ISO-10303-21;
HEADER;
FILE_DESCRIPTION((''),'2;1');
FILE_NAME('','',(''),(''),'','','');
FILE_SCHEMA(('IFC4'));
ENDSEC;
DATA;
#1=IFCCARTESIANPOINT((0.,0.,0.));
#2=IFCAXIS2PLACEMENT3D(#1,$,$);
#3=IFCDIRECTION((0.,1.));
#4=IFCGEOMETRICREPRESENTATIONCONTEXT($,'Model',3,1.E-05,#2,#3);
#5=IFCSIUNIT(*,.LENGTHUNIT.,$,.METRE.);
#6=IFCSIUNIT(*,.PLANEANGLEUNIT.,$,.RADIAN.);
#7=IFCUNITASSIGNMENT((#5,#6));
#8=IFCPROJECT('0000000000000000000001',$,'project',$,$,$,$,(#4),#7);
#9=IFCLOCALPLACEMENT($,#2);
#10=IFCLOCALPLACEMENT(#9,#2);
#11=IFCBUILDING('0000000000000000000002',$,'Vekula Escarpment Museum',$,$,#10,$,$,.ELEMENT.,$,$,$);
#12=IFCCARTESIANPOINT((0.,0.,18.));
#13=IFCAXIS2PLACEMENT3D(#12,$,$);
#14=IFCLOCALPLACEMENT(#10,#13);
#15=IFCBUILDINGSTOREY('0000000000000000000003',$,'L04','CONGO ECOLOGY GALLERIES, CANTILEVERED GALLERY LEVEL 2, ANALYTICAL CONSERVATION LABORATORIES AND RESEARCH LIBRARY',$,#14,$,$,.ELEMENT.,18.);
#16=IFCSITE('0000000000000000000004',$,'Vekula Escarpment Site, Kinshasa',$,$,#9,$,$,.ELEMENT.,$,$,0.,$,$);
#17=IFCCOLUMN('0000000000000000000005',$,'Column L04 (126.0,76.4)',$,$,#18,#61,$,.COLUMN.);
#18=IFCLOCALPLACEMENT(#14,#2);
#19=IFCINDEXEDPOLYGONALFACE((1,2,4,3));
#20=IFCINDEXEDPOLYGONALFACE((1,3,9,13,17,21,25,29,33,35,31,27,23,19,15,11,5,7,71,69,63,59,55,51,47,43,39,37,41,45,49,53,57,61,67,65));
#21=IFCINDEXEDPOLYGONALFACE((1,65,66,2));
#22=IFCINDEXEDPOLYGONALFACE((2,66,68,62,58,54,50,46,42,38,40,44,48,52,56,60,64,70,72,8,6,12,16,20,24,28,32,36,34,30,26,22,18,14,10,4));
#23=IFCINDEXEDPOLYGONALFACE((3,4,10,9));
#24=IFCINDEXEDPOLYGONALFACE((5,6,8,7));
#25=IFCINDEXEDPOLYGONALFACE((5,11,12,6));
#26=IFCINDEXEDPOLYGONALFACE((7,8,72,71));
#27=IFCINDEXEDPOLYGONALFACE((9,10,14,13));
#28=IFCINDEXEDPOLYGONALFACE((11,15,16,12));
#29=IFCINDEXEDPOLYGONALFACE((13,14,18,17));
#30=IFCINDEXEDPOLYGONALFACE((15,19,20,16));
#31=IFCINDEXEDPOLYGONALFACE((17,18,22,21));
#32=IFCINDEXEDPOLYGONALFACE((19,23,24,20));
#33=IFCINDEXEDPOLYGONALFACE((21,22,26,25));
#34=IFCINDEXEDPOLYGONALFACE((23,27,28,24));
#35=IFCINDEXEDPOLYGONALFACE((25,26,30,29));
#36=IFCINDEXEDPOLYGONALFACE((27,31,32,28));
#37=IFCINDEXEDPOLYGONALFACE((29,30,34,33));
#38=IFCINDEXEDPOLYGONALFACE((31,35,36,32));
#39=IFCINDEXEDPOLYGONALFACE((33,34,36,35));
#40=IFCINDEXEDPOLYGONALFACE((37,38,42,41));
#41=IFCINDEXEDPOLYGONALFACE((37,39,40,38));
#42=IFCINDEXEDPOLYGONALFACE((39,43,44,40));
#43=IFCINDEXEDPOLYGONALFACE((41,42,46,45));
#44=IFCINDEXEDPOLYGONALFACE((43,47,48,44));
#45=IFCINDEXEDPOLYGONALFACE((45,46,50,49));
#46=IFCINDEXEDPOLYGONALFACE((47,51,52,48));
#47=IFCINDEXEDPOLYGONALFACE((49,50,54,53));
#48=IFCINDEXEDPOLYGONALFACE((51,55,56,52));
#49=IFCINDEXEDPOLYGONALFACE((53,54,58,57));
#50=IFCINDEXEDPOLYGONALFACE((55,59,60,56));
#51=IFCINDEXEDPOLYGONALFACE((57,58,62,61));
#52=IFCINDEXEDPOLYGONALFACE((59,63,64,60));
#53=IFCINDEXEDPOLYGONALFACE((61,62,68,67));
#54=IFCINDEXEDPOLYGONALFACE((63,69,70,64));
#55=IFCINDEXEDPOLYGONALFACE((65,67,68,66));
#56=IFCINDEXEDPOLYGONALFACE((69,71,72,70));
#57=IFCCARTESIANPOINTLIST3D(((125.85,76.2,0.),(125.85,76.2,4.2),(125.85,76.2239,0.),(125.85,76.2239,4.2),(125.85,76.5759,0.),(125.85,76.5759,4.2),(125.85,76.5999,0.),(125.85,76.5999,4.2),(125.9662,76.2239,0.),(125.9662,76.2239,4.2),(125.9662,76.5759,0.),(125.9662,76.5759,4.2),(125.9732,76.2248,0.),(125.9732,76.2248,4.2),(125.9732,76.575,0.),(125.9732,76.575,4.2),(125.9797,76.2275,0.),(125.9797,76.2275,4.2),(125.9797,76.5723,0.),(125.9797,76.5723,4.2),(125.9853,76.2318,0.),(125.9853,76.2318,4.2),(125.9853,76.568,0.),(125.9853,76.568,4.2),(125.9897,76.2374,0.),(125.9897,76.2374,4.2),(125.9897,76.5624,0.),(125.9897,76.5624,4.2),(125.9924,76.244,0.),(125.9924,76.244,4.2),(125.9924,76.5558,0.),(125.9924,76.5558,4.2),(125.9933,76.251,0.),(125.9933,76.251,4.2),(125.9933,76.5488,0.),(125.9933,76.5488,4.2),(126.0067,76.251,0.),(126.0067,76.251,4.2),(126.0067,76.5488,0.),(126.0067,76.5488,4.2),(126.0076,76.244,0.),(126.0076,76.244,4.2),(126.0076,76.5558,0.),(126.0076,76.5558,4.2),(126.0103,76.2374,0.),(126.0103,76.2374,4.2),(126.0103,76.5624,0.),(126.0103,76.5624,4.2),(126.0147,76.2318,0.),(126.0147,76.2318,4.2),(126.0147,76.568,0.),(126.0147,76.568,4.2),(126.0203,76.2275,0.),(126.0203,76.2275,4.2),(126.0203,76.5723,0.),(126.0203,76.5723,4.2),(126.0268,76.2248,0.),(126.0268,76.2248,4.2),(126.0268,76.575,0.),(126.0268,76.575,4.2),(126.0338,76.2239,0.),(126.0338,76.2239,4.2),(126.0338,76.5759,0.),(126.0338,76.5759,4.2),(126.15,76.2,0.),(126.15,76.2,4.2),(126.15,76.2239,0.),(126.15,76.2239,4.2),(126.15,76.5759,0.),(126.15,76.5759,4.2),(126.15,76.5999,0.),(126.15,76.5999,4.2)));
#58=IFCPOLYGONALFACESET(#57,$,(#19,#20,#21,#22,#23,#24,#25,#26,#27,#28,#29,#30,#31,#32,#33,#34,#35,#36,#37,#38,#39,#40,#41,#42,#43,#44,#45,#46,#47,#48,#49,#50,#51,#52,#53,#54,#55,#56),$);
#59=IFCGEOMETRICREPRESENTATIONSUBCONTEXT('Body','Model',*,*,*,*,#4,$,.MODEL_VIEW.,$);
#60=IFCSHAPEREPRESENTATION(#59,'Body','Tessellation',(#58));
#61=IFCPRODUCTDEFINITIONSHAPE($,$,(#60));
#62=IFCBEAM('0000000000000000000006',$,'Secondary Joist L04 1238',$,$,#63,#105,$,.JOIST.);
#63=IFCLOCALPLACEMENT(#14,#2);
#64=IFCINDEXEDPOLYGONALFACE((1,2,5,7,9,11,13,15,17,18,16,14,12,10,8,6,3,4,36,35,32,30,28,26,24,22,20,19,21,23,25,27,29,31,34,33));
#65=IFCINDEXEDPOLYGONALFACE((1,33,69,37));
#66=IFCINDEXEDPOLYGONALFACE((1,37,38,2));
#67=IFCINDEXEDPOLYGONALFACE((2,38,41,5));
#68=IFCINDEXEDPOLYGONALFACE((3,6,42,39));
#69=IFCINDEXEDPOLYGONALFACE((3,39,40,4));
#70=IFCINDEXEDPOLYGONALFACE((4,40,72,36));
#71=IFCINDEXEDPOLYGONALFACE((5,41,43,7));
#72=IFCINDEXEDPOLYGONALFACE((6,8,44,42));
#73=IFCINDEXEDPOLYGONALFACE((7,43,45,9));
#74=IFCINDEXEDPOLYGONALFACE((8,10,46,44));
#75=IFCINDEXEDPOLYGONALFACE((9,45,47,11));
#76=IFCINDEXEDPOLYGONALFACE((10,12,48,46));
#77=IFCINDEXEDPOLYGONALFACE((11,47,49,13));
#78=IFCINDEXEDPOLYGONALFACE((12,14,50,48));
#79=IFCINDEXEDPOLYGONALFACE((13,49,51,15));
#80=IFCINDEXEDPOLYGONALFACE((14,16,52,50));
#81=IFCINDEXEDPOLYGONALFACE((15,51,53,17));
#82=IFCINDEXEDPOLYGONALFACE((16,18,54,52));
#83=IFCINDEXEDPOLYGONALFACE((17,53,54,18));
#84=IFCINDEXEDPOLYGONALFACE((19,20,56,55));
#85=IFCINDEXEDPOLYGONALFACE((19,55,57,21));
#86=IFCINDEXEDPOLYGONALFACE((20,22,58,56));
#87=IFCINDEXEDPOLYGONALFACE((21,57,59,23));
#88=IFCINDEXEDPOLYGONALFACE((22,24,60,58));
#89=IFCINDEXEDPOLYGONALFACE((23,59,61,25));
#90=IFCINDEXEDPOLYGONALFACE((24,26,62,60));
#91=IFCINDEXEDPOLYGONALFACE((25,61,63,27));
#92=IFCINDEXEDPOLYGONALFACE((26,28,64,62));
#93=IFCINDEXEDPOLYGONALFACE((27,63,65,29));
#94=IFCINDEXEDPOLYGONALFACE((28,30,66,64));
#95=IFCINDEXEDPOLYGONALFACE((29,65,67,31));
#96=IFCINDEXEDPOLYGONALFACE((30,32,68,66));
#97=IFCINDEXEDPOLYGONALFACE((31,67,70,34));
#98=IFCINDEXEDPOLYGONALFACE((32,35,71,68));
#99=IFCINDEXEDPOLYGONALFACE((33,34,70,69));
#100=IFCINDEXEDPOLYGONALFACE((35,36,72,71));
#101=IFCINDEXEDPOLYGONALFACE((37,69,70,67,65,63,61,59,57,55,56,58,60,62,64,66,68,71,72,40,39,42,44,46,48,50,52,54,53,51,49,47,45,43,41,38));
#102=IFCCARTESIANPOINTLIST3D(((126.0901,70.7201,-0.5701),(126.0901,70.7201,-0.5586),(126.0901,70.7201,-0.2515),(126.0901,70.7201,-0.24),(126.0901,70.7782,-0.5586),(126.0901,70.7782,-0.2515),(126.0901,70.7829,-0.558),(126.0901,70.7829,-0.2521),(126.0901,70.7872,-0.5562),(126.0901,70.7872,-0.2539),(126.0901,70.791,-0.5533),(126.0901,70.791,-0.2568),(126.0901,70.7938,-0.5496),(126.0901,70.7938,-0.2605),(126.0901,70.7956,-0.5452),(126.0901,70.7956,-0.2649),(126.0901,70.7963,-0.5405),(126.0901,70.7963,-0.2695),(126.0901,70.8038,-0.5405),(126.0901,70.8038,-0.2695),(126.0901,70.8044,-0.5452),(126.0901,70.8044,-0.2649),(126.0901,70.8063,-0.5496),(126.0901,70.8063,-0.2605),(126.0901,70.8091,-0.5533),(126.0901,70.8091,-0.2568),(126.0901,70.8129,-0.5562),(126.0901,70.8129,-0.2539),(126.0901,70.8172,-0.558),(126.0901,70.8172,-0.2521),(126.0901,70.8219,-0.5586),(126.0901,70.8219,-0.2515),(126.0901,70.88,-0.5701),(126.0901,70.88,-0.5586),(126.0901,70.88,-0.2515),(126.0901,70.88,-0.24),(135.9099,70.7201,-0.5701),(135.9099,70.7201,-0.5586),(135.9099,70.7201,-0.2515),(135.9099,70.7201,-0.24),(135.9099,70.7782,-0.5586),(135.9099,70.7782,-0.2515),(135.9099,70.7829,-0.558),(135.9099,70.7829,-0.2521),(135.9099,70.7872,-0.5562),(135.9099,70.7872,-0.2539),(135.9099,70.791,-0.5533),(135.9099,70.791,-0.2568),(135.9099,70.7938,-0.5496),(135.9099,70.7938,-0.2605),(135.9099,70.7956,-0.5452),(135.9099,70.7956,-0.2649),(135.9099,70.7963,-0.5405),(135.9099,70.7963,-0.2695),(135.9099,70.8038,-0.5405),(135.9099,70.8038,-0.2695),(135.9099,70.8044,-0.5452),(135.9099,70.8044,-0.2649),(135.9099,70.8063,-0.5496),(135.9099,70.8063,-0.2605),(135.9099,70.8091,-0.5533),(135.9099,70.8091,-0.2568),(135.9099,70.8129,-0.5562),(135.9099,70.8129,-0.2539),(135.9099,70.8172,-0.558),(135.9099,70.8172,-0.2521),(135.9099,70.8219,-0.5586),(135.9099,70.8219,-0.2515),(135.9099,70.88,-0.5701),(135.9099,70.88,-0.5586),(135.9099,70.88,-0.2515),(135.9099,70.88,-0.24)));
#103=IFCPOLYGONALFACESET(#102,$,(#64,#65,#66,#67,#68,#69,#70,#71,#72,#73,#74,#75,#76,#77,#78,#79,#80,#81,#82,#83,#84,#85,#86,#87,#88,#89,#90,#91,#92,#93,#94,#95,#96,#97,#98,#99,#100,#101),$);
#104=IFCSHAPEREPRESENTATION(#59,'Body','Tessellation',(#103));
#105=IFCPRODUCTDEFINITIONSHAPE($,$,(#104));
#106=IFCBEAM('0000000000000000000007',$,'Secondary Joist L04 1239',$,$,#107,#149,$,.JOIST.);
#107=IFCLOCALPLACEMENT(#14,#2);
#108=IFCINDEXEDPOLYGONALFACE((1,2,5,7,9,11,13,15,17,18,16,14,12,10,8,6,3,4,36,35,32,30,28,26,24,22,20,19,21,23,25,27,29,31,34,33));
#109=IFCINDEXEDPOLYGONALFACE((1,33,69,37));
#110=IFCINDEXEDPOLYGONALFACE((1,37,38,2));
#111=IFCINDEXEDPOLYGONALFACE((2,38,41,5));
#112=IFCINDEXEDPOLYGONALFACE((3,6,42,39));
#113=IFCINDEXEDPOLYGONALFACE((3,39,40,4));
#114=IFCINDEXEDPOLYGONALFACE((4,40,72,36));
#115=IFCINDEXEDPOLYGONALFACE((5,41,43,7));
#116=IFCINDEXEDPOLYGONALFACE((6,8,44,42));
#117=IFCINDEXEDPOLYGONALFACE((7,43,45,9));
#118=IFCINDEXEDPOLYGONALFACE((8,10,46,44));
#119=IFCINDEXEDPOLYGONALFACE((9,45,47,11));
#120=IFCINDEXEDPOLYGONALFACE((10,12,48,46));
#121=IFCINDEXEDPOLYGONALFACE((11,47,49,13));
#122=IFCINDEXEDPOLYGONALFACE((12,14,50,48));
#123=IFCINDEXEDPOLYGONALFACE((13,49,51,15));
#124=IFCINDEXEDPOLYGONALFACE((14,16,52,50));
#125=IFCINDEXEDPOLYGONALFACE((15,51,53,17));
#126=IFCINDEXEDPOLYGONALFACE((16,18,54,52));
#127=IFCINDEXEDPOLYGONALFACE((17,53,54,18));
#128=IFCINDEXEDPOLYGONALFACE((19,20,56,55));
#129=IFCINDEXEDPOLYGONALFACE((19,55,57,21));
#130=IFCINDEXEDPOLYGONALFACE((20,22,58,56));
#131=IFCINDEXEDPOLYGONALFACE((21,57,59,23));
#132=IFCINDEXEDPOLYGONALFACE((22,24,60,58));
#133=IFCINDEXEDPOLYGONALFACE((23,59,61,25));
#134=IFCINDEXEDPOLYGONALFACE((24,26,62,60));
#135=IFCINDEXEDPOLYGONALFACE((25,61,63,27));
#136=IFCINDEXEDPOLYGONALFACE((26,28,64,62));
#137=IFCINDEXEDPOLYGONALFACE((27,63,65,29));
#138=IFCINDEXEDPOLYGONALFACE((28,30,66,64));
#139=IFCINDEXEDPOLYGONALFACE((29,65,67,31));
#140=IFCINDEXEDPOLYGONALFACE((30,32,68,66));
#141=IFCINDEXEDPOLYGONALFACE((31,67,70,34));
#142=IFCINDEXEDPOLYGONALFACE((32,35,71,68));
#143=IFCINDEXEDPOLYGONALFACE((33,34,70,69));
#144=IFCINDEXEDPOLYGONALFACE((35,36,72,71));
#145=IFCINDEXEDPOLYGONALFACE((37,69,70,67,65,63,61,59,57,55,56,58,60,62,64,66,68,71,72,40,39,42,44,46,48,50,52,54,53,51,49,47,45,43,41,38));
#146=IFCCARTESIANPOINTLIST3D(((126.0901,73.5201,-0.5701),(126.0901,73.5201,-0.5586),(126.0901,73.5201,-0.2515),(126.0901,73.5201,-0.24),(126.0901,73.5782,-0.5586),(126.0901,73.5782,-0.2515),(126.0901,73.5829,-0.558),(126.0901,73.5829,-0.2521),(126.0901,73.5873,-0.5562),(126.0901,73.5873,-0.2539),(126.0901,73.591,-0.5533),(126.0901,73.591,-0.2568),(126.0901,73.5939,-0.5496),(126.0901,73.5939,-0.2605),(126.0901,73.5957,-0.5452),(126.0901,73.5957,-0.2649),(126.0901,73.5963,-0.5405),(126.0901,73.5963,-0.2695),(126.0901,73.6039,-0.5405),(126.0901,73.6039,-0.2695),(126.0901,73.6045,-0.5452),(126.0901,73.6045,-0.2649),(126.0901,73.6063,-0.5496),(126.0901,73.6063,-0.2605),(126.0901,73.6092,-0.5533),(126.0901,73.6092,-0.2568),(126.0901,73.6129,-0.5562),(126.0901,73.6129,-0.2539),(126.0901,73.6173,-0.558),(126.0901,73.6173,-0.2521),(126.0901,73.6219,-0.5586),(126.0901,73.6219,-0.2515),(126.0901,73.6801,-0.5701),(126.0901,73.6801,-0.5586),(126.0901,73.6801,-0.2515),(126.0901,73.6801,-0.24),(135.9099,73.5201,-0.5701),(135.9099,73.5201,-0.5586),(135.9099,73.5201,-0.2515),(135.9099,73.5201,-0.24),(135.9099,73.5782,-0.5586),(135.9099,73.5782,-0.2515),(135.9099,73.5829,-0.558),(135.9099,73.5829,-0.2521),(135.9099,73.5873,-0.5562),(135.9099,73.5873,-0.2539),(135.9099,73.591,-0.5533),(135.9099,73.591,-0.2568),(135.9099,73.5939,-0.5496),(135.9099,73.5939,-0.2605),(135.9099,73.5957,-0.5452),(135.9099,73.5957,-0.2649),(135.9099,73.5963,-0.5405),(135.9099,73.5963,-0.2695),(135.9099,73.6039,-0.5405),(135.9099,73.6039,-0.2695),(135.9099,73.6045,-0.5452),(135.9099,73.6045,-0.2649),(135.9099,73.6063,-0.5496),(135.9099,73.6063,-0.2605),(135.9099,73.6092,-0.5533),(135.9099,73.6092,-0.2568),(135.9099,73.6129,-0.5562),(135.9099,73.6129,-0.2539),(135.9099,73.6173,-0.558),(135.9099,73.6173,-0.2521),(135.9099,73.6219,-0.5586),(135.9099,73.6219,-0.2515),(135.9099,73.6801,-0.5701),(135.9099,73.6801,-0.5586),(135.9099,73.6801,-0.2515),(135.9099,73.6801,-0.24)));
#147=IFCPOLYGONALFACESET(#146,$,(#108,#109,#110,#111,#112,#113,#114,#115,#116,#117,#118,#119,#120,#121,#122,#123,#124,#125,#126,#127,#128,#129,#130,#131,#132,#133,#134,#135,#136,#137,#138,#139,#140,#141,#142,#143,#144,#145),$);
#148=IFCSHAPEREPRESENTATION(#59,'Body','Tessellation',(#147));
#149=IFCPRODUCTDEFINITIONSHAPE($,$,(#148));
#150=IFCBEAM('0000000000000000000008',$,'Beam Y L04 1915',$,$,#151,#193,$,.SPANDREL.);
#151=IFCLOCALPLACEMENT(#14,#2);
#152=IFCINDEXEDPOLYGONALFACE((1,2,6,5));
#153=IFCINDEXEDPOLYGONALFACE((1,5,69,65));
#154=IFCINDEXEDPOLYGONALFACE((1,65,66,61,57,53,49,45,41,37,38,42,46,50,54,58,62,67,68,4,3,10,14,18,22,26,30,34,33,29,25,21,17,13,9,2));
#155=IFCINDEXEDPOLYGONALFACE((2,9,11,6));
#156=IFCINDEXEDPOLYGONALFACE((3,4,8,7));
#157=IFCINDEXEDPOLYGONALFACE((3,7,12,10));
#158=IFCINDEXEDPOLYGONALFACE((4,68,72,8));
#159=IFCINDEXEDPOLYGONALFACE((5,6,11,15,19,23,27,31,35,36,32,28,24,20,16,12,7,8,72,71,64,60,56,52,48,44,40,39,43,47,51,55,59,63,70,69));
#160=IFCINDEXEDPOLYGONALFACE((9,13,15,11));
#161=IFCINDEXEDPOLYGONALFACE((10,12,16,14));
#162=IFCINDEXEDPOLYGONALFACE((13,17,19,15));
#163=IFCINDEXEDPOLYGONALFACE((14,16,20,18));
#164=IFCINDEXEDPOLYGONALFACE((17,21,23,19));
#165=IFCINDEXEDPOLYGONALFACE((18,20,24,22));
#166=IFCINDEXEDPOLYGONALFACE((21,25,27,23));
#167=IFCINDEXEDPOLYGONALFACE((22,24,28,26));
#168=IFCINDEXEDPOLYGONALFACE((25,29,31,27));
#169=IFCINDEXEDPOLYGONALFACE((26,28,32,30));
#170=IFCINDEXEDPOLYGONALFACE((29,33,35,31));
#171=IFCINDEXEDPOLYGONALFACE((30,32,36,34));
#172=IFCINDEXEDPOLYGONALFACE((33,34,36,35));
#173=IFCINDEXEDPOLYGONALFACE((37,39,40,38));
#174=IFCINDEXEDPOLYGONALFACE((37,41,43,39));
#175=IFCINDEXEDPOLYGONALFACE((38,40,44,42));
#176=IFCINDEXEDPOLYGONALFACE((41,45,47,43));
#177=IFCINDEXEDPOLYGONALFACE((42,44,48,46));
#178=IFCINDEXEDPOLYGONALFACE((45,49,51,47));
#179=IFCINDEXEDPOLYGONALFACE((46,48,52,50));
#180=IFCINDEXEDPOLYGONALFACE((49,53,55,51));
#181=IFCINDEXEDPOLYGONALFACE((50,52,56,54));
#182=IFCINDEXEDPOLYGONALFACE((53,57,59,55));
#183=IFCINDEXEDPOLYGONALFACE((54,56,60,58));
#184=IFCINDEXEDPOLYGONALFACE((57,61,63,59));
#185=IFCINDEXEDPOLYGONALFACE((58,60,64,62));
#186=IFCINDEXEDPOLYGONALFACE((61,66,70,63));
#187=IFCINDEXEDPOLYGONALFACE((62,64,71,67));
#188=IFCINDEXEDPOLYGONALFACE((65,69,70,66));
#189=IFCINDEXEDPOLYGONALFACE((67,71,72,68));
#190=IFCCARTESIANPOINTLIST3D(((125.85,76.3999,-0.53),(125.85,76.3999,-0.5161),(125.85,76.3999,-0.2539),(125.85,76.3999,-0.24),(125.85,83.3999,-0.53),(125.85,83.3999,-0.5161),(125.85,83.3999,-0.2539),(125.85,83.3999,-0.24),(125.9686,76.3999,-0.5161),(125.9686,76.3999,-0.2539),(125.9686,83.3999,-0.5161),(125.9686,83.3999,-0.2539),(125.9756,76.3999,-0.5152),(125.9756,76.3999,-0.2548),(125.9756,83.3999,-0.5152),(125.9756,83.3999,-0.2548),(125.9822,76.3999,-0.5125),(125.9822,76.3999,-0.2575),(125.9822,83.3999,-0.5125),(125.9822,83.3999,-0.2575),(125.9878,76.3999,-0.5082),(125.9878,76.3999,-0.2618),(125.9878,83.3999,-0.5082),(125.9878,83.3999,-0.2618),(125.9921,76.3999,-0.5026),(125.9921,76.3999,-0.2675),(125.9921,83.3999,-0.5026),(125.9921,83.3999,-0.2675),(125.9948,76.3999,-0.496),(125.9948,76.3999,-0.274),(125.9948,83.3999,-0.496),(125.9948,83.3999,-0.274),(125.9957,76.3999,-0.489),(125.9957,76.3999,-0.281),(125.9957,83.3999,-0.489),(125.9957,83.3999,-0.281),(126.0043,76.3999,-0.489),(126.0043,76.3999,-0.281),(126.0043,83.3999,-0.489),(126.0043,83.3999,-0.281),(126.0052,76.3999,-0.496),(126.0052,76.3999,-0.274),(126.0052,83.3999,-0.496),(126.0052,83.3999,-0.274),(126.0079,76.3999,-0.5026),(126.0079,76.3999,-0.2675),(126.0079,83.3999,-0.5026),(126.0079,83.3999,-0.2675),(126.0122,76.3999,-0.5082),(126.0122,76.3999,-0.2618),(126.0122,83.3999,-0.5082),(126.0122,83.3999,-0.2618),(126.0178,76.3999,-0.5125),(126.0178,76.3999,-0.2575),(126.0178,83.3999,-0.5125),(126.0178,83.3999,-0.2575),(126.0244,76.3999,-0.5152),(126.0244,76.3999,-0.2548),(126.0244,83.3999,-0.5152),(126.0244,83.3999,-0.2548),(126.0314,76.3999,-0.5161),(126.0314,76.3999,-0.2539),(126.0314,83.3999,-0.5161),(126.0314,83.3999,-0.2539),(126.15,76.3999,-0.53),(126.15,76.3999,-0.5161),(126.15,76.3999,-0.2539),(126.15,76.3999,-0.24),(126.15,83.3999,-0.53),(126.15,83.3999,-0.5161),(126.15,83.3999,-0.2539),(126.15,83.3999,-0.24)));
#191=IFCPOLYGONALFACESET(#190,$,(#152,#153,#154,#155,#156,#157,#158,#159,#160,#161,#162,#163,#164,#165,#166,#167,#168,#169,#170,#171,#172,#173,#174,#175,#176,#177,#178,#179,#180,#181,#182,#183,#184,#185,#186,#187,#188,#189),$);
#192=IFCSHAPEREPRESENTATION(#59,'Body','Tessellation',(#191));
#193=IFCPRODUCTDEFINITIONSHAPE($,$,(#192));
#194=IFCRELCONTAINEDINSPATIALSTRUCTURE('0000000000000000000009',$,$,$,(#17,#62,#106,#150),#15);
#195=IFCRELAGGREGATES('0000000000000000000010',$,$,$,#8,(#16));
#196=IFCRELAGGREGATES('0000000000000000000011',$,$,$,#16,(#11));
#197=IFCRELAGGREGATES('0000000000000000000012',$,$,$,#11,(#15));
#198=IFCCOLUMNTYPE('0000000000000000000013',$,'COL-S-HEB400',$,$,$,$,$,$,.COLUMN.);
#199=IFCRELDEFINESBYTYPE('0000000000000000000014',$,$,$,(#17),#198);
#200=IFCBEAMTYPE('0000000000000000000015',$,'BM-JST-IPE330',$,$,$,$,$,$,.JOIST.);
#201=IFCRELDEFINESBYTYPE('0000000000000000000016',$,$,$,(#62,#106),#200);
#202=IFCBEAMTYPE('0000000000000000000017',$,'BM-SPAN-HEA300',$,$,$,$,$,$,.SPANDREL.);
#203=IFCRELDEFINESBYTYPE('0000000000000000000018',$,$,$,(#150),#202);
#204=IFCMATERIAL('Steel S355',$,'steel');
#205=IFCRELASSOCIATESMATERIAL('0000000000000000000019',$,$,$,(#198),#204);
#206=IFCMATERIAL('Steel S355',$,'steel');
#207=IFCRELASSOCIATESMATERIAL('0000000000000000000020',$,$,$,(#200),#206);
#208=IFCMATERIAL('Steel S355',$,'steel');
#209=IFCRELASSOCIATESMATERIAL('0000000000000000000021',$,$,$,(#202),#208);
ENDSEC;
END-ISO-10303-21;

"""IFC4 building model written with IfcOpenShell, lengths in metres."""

from ifc_helpers import new_model, si_unit, direction, frame, origin, origin_2d, place, context, subcontext, project, spatial, i_section, extrude, material, material_profile, profile_set, type_object, element, save


model = new_model("IFC4")

# Units and contexts
model_context = context("Model", 3, precision=1e-05, world=origin(), true_north=direction((0.0, 1.0)))
body_context = subcontext(model_context, "Body", "Model", "MODEL_VIEW")
ifc_project = project(units=[si_unit("LENGTHUNIT", "METRE"), si_unit("PLANEANGLEUNIT", "RADIAN")], contexts=[model_context])

# Site, building, storey
site_placement = place(None, origin())
site = spatial("IfcSite", under=ifc_project, at=site_placement, Name="Vekula Escarpment Site, Kinshasa", CompositionType="ELEMENT", RefElevation=0.0)
building_placement = place(site_placement, origin())
building = spatial("IfcBuilding", under=site, at=building_placement, Name="Vekula Escarpment Museum", CompositionType="ELEMENT")
storey_placement = place(building_placement, frame((0.0, 0.0, 18.0)))
storey = spatial("IfcBuildingStorey", under=building, at=storey_placement, Name="L04", Description="CONGO ECOLOGY GALLERIES, CANTILEVERED GALLERY LEVEL 2, ANALYTICAL CONSERVATION LABORATORIES AND RESEARCH LIBRARY", CompositionType="ELEMENT", Elevation=18.0)

# Column
ifc_material_1 = material(Name="Steel S355", Category="steel")
ifc_material_profile_1 = material_profile(ifc_material_1, i_section(OverallWidth=0.3, OverallDepth=0.3999, WebThickness=0.0134, FlangeThickness=0.0239, FilletRadius=0.0271, at=origin_2d()), Name="HEB 400")
ifc_profile_set_1 = profile_set([ifc_material_profile_1], Name="Steel S355")
column_type = type_object("IfcColumnType", Name="COL-S-HEB400", PredefinedType="COLUMN", material=ifc_profile_set_1)
column_placement = place(storey_placement, frame((126.0, 76.3999, 0.0), z_axis=(0.0, 0.0, 1.0), x_axis=(1.0, 0.0, 0.0)))
element("IfcColumn", 1, at=column_placement, inside=storey, type_object=column_type, Name="Column L04 (126.0,76.4)", PredefinedType="COLUMN", context=body_context, shape_type="SweptSolid", body=[
    extrude(i_section(OverallWidth=0.3, OverallDepth=0.3999, WebThickness=0.0134, FlangeThickness=0.0239, FilletRadius=0.0271, at=origin_2d()), origin(), (0.0, 0.0, 1.0), 4.2),
])

# Beams
ifc_material_2 = material(Name="Steel S355", Category="steel")
ifc_material_profile_2 = material_profile(ifc_material_2, i_section(OverallWidth=0.1599, OverallDepth=0.3301, WebThickness=0.0076, FlangeThickness=0.0115, FilletRadius=0.0181, at=origin_2d()), Name="IPE 330")
ifc_profile_set_2 = profile_set([ifc_material_profile_2], Name="Steel S355")
beam_type_1 = type_object("IfcBeamType", Name="BM-JST-IPE330", PredefinedType="JOIST", material=ifc_profile_set_2)
for number, where, z_axis, x_axis, name in (
    (2, (126.0901, 70.8, -0.405), (1.0, 0.0, 0.0), (0.0, 1.0, 0.0), "Secondary Joist L04 1238"),
    (3, (126.0901, 73.6001, -0.405), (1.0, 0.0, 0.0), (0.0, 1.0, 0.0), "Secondary Joist L04 1239"),
):
    element("IfcBeam", number, at=place(storey_placement, frame(where, z_axis=z_axis, x_axis=x_axis)), inside=storey, type_object=beam_type_1, Name=name, PredefinedType="JOIST", context=body_context, shape_type="SweptSolid", body=[
        extrude(i_section(OverallWidth=0.1599, OverallDepth=0.3301, WebThickness=0.0076, FlangeThickness=0.0115, FilletRadius=0.0181, at=origin_2d()), origin(), (0.0, 0.0, 1.0), 9.8198),
    ])
ifc_material_3 = material(Name="Steel S355", Category="steel")
ifc_material_profile_3 = material_profile(ifc_material_3, i_section(OverallWidth=0.3, OverallDepth=0.29, WebThickness=0.0085, FlangeThickness=0.0139, FilletRadius=0.0271, at=origin_2d()), Name="HEA 300")
ifc_profile_set_3 = profile_set([ifc_material_profile_3], Name="Steel S355")
beam_type_2 = type_object("IfcBeamType", Name="BM-SPAN-HEA300", PredefinedType="SPANDREL", material=ifc_profile_set_3)
beam_1_placement = place(storey_placement, frame((126.0, 76.3999, -0.385), z_axis=(0.0, 1.0, 0.0), x_axis=(-1.0, 0.0, 0.0)))
element("IfcBeam", 4, at=beam_1_placement, inside=storey, type_object=beam_type_2, Name="Beam Y L04 1915", PredefinedType="SPANDREL", context=body_context, shape_type="SweptSolid", body=[
    extrude(i_section(OverallWidth=0.3, OverallDepth=0.29, WebThickness=0.0085, FlangeThickness=0.0139, FilletRadius=0.0271, at=origin_2d()), origin(), (0.0, 0.0, 1.0), 7.0),
])

save(model, "model.ifc")
